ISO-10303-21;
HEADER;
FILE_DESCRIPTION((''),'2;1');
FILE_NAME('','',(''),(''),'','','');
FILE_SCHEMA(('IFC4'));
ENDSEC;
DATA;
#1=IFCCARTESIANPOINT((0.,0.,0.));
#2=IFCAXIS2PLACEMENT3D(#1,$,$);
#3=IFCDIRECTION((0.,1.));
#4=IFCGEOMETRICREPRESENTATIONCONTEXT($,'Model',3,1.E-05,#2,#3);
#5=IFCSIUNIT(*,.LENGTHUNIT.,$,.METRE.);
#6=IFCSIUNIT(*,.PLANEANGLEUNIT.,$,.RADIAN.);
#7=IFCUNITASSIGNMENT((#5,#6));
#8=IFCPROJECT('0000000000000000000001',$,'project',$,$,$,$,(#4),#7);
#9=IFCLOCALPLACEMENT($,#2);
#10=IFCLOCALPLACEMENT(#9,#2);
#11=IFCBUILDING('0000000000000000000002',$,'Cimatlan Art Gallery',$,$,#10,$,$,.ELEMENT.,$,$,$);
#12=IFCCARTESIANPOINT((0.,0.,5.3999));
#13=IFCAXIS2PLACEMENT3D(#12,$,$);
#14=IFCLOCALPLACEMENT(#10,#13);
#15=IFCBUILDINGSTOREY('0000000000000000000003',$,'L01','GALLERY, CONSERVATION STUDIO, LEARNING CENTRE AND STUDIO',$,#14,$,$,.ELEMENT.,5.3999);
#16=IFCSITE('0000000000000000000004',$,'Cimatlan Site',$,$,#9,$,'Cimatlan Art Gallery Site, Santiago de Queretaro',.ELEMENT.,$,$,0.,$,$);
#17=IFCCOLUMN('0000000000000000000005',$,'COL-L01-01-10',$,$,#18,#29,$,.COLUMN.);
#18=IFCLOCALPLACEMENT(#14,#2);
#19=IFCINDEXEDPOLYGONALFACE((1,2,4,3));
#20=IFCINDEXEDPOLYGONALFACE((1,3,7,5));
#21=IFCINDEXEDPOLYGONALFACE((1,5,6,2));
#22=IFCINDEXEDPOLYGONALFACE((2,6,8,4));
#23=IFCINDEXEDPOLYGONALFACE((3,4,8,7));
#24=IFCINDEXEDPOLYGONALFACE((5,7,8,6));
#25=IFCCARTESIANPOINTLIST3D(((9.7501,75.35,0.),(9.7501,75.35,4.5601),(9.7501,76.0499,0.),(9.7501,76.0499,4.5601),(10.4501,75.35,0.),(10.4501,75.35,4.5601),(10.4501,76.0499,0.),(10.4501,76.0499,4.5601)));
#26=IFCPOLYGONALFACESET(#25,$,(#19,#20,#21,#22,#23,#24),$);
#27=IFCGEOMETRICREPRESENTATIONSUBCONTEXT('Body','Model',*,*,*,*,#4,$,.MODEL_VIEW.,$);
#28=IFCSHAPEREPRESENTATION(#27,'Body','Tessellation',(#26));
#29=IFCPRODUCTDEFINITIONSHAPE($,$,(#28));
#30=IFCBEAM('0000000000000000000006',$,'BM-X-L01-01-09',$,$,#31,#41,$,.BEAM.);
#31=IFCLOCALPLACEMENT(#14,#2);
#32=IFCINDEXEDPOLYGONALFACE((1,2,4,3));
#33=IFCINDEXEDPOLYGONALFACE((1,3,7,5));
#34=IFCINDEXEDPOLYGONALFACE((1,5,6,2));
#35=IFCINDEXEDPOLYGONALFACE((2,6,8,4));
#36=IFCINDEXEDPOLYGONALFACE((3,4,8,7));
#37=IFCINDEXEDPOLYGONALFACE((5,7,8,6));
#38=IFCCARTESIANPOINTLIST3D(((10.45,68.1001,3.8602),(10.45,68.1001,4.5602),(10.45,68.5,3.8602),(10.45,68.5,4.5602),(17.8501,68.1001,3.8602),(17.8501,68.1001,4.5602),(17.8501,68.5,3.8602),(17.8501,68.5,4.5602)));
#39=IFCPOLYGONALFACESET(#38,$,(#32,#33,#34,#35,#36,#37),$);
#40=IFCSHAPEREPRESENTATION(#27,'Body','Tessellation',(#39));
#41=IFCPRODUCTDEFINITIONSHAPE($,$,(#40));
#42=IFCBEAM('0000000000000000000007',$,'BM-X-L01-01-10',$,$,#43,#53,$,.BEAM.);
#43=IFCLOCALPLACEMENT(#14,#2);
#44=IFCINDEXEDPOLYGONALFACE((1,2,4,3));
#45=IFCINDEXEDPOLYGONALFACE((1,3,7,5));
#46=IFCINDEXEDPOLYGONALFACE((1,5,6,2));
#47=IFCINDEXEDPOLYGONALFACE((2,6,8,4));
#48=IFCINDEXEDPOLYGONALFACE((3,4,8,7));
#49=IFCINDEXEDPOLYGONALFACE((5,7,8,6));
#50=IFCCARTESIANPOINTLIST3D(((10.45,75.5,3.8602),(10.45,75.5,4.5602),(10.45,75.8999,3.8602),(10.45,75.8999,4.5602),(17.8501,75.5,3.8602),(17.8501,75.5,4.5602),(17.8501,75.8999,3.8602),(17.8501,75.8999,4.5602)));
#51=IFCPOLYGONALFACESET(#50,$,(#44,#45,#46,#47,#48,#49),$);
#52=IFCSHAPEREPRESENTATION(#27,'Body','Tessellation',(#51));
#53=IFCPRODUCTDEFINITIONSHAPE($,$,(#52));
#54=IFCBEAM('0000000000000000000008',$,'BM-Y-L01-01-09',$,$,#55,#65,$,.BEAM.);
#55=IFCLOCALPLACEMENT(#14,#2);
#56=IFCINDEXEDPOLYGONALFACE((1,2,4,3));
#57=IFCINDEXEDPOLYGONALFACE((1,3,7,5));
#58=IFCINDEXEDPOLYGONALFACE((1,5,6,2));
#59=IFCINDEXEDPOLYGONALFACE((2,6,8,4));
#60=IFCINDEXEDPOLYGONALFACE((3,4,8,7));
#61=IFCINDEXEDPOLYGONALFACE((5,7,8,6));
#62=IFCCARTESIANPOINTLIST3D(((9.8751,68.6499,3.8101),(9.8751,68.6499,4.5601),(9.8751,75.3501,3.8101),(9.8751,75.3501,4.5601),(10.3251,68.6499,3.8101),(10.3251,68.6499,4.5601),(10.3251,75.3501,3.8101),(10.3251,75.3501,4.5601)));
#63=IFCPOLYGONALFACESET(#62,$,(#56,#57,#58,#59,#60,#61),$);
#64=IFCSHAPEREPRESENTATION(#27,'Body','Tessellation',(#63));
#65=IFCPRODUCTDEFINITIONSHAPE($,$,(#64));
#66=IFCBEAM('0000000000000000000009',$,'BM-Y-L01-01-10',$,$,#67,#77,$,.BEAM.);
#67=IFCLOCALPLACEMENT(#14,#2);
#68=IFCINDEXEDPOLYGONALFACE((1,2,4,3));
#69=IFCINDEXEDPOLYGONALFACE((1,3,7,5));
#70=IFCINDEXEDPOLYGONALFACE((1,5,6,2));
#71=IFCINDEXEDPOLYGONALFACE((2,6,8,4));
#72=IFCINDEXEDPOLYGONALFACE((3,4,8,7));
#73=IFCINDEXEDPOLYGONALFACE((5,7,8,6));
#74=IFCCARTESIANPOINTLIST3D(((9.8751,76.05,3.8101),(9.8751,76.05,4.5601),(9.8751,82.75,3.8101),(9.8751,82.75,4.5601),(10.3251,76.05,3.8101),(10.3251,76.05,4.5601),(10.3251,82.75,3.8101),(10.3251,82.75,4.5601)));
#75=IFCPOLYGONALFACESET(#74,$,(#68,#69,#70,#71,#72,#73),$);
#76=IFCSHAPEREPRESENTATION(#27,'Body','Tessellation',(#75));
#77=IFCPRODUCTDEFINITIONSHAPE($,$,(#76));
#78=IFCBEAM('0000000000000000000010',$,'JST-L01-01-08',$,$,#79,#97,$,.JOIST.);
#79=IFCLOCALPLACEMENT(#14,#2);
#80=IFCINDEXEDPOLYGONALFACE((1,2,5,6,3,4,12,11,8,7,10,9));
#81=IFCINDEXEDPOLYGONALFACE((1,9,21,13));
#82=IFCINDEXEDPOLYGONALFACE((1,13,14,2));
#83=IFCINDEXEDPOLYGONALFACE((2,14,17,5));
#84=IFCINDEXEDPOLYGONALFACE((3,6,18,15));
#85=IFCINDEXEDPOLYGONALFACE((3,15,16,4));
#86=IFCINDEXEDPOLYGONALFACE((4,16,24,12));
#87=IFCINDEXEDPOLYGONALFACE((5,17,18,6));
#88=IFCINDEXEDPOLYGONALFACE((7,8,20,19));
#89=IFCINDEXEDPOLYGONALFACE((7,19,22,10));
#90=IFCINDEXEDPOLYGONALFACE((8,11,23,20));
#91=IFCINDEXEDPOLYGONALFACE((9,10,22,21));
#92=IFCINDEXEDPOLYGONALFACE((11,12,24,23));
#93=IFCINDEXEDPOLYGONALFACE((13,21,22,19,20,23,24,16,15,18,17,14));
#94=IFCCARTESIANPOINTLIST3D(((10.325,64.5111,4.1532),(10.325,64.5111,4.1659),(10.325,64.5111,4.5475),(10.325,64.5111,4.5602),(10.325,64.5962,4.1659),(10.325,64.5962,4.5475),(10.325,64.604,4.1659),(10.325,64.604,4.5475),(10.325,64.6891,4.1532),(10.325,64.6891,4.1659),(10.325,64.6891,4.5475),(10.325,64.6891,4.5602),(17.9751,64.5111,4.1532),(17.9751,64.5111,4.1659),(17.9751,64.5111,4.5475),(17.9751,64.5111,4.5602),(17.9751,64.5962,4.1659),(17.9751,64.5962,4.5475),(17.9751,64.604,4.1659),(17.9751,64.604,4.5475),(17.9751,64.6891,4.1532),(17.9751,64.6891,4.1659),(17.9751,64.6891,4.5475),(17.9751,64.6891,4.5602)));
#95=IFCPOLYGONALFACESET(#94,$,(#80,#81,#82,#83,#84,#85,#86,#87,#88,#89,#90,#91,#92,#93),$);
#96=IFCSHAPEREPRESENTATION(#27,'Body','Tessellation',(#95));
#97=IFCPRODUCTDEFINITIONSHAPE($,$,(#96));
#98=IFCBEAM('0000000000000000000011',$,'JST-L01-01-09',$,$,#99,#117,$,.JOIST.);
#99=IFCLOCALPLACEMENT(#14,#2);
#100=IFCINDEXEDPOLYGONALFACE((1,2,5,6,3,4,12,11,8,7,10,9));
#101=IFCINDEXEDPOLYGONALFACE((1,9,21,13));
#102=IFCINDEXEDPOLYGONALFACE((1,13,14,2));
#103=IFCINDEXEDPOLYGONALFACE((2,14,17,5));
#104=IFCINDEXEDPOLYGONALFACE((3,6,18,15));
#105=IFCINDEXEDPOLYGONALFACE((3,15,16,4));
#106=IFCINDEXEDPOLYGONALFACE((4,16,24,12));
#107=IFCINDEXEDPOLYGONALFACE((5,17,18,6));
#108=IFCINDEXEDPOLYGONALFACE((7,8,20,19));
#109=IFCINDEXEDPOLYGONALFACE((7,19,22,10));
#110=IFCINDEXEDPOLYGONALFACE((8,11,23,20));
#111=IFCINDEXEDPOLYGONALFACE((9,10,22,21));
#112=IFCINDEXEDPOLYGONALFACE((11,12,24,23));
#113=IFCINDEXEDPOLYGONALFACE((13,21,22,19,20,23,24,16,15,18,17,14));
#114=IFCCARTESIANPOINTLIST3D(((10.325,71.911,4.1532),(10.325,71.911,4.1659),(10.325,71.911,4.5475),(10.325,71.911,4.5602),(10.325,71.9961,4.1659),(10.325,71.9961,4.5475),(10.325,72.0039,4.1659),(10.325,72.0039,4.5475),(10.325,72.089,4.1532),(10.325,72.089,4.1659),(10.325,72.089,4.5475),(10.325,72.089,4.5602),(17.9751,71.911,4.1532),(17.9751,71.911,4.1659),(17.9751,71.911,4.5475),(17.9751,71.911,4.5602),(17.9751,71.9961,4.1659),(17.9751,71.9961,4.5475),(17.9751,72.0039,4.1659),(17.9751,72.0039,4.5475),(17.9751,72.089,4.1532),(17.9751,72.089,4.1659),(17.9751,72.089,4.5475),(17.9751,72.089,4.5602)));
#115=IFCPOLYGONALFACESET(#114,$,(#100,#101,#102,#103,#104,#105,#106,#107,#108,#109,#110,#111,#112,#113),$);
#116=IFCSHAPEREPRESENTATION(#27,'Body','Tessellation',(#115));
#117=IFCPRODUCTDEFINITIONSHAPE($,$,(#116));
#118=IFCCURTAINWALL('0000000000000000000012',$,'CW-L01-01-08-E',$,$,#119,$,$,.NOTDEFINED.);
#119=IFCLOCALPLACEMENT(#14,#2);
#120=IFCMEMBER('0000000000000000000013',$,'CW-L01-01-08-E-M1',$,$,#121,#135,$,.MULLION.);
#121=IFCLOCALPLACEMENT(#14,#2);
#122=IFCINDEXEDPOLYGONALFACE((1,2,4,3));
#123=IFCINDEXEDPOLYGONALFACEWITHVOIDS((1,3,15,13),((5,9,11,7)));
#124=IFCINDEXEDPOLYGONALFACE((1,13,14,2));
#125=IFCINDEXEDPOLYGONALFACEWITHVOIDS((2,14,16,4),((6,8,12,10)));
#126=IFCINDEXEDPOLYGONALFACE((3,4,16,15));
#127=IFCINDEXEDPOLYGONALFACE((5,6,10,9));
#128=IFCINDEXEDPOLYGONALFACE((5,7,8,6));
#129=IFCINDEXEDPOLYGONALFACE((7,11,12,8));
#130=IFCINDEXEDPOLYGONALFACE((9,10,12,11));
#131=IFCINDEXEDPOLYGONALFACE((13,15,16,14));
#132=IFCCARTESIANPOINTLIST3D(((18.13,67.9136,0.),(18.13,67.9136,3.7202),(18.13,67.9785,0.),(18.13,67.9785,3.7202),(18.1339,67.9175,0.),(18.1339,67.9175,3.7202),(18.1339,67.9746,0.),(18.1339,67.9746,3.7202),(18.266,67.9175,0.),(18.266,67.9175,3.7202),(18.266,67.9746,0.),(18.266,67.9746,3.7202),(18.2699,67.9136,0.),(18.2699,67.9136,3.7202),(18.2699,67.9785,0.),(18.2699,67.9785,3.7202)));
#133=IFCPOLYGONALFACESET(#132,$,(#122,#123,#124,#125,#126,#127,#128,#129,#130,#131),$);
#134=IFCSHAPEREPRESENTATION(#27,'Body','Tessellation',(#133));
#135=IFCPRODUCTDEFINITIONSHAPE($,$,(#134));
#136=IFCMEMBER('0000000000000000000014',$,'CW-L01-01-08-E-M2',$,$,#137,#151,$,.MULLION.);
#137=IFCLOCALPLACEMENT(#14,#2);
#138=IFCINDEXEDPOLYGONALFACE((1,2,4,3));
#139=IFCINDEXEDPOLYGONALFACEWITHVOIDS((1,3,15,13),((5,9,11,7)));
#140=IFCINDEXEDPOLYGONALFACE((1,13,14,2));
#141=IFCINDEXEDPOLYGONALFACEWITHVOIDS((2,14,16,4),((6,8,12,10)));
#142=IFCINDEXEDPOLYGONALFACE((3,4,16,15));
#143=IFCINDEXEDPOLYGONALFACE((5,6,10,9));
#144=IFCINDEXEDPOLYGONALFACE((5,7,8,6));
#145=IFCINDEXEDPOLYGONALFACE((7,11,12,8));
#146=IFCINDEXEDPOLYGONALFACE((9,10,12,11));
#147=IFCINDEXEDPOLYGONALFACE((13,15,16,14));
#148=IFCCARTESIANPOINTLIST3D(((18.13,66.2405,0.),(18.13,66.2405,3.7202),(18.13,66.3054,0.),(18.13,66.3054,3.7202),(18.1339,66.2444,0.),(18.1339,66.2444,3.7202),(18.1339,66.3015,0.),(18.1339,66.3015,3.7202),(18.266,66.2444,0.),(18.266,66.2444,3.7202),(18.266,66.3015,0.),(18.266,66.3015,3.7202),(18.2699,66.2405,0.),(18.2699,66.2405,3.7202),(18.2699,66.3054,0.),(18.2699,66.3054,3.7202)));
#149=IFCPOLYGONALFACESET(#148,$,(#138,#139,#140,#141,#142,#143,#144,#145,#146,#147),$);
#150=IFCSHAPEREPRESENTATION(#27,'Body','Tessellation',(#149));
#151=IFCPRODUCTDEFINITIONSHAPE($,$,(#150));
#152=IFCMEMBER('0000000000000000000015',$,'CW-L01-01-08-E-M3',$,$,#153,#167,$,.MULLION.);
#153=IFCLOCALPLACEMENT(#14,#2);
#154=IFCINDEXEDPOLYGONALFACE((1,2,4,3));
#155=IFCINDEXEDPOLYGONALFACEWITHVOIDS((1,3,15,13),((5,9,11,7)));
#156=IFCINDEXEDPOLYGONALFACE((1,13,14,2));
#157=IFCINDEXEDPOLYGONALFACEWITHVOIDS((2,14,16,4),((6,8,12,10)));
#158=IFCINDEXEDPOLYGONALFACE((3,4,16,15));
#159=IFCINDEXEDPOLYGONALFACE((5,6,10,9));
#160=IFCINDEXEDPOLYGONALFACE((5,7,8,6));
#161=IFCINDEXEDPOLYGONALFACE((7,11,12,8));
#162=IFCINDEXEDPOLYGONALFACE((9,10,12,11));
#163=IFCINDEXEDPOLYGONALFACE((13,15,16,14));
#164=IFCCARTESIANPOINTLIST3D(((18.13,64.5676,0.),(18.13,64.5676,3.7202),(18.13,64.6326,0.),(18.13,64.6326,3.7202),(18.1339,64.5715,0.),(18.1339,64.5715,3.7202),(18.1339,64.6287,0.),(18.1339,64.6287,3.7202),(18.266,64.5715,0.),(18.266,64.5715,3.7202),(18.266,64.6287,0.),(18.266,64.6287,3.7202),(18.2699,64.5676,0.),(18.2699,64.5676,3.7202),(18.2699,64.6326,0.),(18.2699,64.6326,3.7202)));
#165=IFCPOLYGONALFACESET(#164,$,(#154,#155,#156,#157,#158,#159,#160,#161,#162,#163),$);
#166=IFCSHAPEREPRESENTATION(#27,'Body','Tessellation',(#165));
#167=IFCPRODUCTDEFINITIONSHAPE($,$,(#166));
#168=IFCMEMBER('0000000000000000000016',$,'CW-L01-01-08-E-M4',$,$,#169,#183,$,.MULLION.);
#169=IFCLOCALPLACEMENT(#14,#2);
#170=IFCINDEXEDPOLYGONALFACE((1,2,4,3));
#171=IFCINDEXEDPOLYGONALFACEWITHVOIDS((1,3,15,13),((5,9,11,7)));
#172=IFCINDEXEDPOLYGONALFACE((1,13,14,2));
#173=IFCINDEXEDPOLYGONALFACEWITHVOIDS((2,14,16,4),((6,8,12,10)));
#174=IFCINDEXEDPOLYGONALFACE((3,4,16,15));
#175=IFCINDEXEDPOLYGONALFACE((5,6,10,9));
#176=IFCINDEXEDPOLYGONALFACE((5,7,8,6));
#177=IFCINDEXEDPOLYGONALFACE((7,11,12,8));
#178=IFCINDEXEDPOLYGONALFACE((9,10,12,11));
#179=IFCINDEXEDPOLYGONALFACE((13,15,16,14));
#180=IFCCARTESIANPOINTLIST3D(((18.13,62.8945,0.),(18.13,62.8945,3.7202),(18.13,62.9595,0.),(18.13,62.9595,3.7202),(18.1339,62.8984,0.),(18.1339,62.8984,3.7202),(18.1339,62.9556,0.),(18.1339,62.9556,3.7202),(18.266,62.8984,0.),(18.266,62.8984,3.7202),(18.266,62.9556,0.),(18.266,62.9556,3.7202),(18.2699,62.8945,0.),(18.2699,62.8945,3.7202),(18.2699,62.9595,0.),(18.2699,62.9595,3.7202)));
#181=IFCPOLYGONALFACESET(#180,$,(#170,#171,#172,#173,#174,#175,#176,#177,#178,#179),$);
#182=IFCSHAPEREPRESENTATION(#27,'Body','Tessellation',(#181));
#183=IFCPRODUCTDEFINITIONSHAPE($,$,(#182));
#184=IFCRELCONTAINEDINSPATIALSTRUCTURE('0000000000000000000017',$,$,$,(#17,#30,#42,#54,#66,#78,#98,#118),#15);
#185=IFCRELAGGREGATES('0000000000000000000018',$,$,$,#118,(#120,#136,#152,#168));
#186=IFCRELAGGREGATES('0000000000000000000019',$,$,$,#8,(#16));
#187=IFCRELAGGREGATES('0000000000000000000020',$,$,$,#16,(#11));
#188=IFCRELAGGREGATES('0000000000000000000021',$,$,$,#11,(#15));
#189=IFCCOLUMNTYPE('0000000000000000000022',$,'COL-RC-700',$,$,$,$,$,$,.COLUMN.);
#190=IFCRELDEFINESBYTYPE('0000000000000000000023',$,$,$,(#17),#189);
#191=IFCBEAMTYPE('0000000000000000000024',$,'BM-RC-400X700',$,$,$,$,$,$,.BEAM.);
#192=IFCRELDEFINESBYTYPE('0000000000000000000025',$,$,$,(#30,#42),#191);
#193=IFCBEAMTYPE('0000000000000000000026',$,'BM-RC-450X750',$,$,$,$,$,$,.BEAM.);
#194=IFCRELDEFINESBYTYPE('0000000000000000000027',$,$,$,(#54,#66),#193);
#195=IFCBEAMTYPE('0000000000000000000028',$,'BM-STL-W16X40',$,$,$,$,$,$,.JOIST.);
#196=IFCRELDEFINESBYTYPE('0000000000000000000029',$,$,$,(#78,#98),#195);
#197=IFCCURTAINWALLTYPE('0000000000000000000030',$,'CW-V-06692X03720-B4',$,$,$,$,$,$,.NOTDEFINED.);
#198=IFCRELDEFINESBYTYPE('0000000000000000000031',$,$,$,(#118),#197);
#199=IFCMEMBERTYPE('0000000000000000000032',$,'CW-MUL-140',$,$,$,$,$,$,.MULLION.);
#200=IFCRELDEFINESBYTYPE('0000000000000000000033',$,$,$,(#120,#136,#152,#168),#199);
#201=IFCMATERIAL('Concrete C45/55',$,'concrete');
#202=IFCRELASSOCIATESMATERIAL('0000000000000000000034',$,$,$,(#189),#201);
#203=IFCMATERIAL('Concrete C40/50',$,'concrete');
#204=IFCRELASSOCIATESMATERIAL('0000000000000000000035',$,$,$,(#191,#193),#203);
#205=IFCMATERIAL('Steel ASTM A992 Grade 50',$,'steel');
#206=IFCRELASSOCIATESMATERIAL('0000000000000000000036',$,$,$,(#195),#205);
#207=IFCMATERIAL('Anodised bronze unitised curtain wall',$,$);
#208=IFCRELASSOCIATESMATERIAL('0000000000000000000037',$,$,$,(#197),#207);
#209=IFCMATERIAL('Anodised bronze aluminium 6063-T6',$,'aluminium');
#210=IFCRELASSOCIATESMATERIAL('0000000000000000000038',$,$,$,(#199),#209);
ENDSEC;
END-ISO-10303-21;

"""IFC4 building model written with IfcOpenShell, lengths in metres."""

from ifc_helpers import new_model, si_unit, direction, frame, origin, origin_2d, place, context, subcontext, project, spatial, rectangle, hollow_rectangle, i_section, extrude, material, material_profile, profile_set, type_object, element, aggregate, save


model = new_model("IFC4")

# Units and contexts
model_context = context("Model", 3, precision=1e-05, world=origin(), true_north=direction((0.0, 1.0)))
body_context = subcontext(model_context, "Body", "Model", "MODEL_VIEW")
ifc_project = project(units=[si_unit("LENGTHUNIT", "METRE"), si_unit("PLANEANGLEUNIT", "RADIAN")], contexts=[model_context])

# Site, building, storey
site_placement = place(None, origin())
site = spatial("IfcSite", under=ifc_project, at=site_placement, Name="Cimatlan Site", LongName="Cimatlan Art Gallery Site, Santiago de Queretaro", CompositionType="ELEMENT", RefElevation=0.0)
building_placement = place(site_placement, origin())
building = spatial("IfcBuilding", under=site, at=building_placement, Name="Cimatlan Art Gallery", CompositionType="ELEMENT")
storey_placement = place(building_placement, frame((0.0, 0.0, 5.3999)))
storey = spatial("IfcBuildingStorey", under=building, at=storey_placement, Name="L01", Description="GALLERY, CONSERVATION STUDIO, LEARNING CENTRE AND STUDIO", CompositionType="ELEMENT", Elevation=5.3999)

# Column
ifc_material_1 = material(Name="Concrete C45/55", Category="concrete")
ifc_material_profile_1 = material_profile(ifc_material_1, rectangle(XDim=0.7, YDim=0.7, at=origin_2d()), Name="RC700X700")
ifc_profile_set_1 = profile_set([ifc_material_profile_1], Name="Concrete C45/55")
column_type = type_object("IfcColumnType", Name="COL-RC-700", PredefinedType="COLUMN", material=ifc_profile_set_1)
column_placement = place(storey_placement, frame((10.1001, 75.7, 0.0), z_axis=(0.0, 0.0, 1.0), x_axis=(1.0, 0.0, 0.0)))
element("IfcColumn", 1, at=column_placement, inside=storey, type_object=column_type, Name="COL-L01-01-10", PredefinedType="COLUMN", context=body_context, shape_type="SweptSolid", body=[
    extrude(rectangle(XDim=0.7, YDim=0.7, at=origin_2d()), origin(), (0.0, 0.0, 1.0), 4.5601),
])

# Beams
ifc_material_2 = material(Name="Concrete C40/50", Category="concrete")
ifc_material_profile_2 = material_profile(ifc_material_2, rectangle(XDim=0.3999, YDim=0.7, at=origin_2d()), Name="RC400X700")
ifc_profile_set_2 = profile_set([ifc_material_profile_2], Name="Concrete C40/50")
beam_type_1 = type_object("IfcBeamType", Name="BM-RC-400X700", PredefinedType="BEAM", material=ifc_profile_set_2)
for number, where, z_axis, x_axis, name in (
    (2, (10.45, 68.3, 4.2102), (1.0, 0.0, 0.0), (0.0, 1.0, 0.0), "BM-X-L01-01-09"),
    (3, (10.45, 75.7, 4.2102), (1.0, 0.0, 0.0), (0.0, 1.0, 0.0), "BM-X-L01-01-10"),
):
    element("IfcBeam", number, at=place(storey_placement, frame(where, z_axis=z_axis, x_axis=x_axis)), inside=storey, type_object=beam_type_1, Name=name, PredefinedType="BEAM", context=body_context, shape_type="SweptSolid", body=[
        extrude(rectangle(XDim=0.3999, YDim=0.7, at=origin_2d()), origin(), (0.0, 0.0, 1.0), 7.4001),
    ])
ifc_material_profile_3 = material_profile(ifc_material_2, rectangle(XDim=0.45, YDim=0.75, at=origin_2d()), Name="RC450X750")
ifc_profile_set_3 = profile_set([ifc_material_profile_3], Name="Concrete C40/50")
beam_type_2 = type_object("IfcBeamType", Name="BM-RC-450X750", PredefinedType="BEAM", material=ifc_profile_set_3)
beam_1_placement = place(storey_placement, frame((10.1001, 68.6499, 4.1851), z_axis=(0.0, 1.0, 0.0), x_axis=(-1.0, 0.0, 0.0)))
element("IfcBeam", 4, at=beam_1_placement, inside=storey, type_object=beam_type_2, Name="BM-Y-L01-01-09", PredefinedType="BEAM", context=body_context, shape_type="SweptSolid", body=[
    extrude(rectangle(XDim=0.45, YDim=0.75, at=origin_2d()), origin(), (0.0, 0.0, 1.0), 6.7002),
])
beam_2_placement = place(storey_placement, frame((10.1001, 76.05, 4.1851), z_axis=(0.0, 1.0, 0.0), x_axis=(-1.0, 0.0, 0.0)))
element("IfcBeam", 5, at=beam_2_placement, inside=storey, type_object=beam_type_2, Name="BM-Y-L01-01-10", PredefinedType="BEAM", context=body_context, shape_type="SweptSolid", body=[
    extrude(rectangle(XDim=0.45, YDim=0.75, at=origin_2d()), origin(), (0.0, 0.0, 1.0), 6.7),
])
ifc_material_3 = material(Name="Steel ASTM A992 Grade 50", Category="steel")
ifc_material_profile_4 = material_profile(ifc_material_3, i_section(OverallWidth=0.178, OverallDepth=0.407, WebThickness=0.0078, FlangeThickness=0.0127, at=origin_2d()), Name="W16X40")
ifc_profile_set_4 = profile_set([ifc_material_profile_4], Name="Steel ASTM A992 Grade 50")
beam_type_3 = type_object("IfcBeamType", Name="BM-STL-W16X40", PredefinedType="JOIST", material=ifc_profile_set_4)
for number, where, z_axis, x_axis, name in (
    (6, (10.325, 64.6001, 4.3567), (1.0, 0.0, 0.0), (0.0, 1.0, 0.0), "JST-L01-01-08"),
    (7, (10.325, 72.0, 4.3567), (1.0, 0.0, 0.0), (0.0, 1.0, 0.0), "JST-L01-01-09"),
):
    element("IfcBeam", number, at=place(storey_placement, frame(where, z_axis=z_axis, x_axis=x_axis)), inside=storey, type_object=beam_type_3, Name=name, PredefinedType="JOIST", context=body_context, shape_type="SweptSolid", body=[
        extrude(i_section(OverallWidth=0.178, OverallDepth=0.407, WebThickness=0.0078, FlangeThickness=0.0127, at=origin_2d()), origin(), (0.0, 0.0, 1.0), 7.6501),
    ])

# Curtain wall, members
ifc_material_4 = material(Name="Anodised bronze unitised curtain wall")
curtain_wall_type = type_object("IfcCurtainWallType", Name="CW-V-06692X03720-B4", PredefinedType="NOTDEFINED", material=ifc_material_4)
curtain_wall_placement = place(storey_placement, origin())
curtain_wall = element("IfcCurtainWall", 8, at=curtain_wall_placement, inside=storey, type_object=curtain_wall_type, Name="CW-L01-01-08-E", PredefinedType="NOTDEFINED")
ifc_material_5 = material(Name="Anodised bronze aluminium 6063-T6", Category="aluminium")
ifc_material_profile_5 = material_profile(ifc_material_5, hollow_rectangle(XDim=0.0649, YDim=0.1399, WallThickness=0.0039, at=origin_2d()), Name="ALU65X140X4")
ifc_profile_set_5 = profile_set([ifc_material_profile_5], Name="Anodised bronze aluminium 6063-T6")
member_type_1 = type_object("IfcMemberType", Name="CW-MUL-140", PredefinedType="MULLION", material=ifc_profile_set_5)
member_1_placement = place(storey_placement, frame((18.2, 67.946, 0.0), z_axis=(0.0, 0.0, 1.0), x_axis=(0.0, 1.0, 0.0)))
member_1 = element("IfcMember", 9, at=member_1_placement, type_object=member_type_1, Name="CW-L01-01-08-E-M1", PredefinedType="MULLION", context=body_context, shape_type="SweptSolid", body=[
    extrude(hollow_rectangle(XDim=0.0649, YDim=0.1399, WallThickness=0.0039, at=origin_2d()), origin(), (0.0, 0.0, 1.0), 3.7202),
])
member_2_placement = place(storey_placement, frame((18.2, 66.2729, 0.0), z_axis=(0.0, 0.0, 1.0), x_axis=(0.0, 1.0, 0.0)))
member_2 = element("IfcMember", 10, at=member_2_placement, type_object=member_type_1, Name="CW-L01-01-08-E-M2", PredefinedType="MULLION", context=body_context, shape_type="SweptSolid", body=[
    extrude(hollow_rectangle(XDim=0.0649, YDim=0.1399, WallThickness=0.0039, at=origin_2d()), origin(), (0.0, 0.0, 1.0), 3.7202),
])
member_3_placement = place(storey_placement, frame((18.2, 64.6001, 0.0), z_axis=(0.0, 0.0, 1.0), x_axis=(0.0, 1.0, 0.0)))
member_3 = element("IfcMember", 11, at=member_3_placement, type_object=member_type_1, Name="CW-L01-01-08-E-M3", PredefinedType="MULLION", context=body_context, shape_type="SweptSolid", body=[
    extrude(hollow_rectangle(XDim=0.0649, YDim=0.1399, WallThickness=0.0039, at=origin_2d()), origin(), (0.0, 0.0, 1.0), 3.7202),
])
member_4_placement = place(storey_placement, frame((18.2, 62.927, 0.0), z_axis=(0.0, 0.0, 1.0), x_axis=(0.0, 1.0, 0.0)))
member_4 = element("IfcMember", 12, at=member_4_placement, type_object=member_type_1, Name="CW-L01-01-08-E-M4", PredefinedType="MULLION", context=body_context, shape_type="SweptSolid", body=[
    extrude(hollow_rectangle(XDim=0.0649, YDim=0.1399, WallThickness=0.0039, at=origin_2d()), origin(), (0.0, 0.0, 1.0), 3.7202),
])
aggregate(curtain_wall, [member_1, member_2, member_3, member_4])

save(model, "model.ifc")
